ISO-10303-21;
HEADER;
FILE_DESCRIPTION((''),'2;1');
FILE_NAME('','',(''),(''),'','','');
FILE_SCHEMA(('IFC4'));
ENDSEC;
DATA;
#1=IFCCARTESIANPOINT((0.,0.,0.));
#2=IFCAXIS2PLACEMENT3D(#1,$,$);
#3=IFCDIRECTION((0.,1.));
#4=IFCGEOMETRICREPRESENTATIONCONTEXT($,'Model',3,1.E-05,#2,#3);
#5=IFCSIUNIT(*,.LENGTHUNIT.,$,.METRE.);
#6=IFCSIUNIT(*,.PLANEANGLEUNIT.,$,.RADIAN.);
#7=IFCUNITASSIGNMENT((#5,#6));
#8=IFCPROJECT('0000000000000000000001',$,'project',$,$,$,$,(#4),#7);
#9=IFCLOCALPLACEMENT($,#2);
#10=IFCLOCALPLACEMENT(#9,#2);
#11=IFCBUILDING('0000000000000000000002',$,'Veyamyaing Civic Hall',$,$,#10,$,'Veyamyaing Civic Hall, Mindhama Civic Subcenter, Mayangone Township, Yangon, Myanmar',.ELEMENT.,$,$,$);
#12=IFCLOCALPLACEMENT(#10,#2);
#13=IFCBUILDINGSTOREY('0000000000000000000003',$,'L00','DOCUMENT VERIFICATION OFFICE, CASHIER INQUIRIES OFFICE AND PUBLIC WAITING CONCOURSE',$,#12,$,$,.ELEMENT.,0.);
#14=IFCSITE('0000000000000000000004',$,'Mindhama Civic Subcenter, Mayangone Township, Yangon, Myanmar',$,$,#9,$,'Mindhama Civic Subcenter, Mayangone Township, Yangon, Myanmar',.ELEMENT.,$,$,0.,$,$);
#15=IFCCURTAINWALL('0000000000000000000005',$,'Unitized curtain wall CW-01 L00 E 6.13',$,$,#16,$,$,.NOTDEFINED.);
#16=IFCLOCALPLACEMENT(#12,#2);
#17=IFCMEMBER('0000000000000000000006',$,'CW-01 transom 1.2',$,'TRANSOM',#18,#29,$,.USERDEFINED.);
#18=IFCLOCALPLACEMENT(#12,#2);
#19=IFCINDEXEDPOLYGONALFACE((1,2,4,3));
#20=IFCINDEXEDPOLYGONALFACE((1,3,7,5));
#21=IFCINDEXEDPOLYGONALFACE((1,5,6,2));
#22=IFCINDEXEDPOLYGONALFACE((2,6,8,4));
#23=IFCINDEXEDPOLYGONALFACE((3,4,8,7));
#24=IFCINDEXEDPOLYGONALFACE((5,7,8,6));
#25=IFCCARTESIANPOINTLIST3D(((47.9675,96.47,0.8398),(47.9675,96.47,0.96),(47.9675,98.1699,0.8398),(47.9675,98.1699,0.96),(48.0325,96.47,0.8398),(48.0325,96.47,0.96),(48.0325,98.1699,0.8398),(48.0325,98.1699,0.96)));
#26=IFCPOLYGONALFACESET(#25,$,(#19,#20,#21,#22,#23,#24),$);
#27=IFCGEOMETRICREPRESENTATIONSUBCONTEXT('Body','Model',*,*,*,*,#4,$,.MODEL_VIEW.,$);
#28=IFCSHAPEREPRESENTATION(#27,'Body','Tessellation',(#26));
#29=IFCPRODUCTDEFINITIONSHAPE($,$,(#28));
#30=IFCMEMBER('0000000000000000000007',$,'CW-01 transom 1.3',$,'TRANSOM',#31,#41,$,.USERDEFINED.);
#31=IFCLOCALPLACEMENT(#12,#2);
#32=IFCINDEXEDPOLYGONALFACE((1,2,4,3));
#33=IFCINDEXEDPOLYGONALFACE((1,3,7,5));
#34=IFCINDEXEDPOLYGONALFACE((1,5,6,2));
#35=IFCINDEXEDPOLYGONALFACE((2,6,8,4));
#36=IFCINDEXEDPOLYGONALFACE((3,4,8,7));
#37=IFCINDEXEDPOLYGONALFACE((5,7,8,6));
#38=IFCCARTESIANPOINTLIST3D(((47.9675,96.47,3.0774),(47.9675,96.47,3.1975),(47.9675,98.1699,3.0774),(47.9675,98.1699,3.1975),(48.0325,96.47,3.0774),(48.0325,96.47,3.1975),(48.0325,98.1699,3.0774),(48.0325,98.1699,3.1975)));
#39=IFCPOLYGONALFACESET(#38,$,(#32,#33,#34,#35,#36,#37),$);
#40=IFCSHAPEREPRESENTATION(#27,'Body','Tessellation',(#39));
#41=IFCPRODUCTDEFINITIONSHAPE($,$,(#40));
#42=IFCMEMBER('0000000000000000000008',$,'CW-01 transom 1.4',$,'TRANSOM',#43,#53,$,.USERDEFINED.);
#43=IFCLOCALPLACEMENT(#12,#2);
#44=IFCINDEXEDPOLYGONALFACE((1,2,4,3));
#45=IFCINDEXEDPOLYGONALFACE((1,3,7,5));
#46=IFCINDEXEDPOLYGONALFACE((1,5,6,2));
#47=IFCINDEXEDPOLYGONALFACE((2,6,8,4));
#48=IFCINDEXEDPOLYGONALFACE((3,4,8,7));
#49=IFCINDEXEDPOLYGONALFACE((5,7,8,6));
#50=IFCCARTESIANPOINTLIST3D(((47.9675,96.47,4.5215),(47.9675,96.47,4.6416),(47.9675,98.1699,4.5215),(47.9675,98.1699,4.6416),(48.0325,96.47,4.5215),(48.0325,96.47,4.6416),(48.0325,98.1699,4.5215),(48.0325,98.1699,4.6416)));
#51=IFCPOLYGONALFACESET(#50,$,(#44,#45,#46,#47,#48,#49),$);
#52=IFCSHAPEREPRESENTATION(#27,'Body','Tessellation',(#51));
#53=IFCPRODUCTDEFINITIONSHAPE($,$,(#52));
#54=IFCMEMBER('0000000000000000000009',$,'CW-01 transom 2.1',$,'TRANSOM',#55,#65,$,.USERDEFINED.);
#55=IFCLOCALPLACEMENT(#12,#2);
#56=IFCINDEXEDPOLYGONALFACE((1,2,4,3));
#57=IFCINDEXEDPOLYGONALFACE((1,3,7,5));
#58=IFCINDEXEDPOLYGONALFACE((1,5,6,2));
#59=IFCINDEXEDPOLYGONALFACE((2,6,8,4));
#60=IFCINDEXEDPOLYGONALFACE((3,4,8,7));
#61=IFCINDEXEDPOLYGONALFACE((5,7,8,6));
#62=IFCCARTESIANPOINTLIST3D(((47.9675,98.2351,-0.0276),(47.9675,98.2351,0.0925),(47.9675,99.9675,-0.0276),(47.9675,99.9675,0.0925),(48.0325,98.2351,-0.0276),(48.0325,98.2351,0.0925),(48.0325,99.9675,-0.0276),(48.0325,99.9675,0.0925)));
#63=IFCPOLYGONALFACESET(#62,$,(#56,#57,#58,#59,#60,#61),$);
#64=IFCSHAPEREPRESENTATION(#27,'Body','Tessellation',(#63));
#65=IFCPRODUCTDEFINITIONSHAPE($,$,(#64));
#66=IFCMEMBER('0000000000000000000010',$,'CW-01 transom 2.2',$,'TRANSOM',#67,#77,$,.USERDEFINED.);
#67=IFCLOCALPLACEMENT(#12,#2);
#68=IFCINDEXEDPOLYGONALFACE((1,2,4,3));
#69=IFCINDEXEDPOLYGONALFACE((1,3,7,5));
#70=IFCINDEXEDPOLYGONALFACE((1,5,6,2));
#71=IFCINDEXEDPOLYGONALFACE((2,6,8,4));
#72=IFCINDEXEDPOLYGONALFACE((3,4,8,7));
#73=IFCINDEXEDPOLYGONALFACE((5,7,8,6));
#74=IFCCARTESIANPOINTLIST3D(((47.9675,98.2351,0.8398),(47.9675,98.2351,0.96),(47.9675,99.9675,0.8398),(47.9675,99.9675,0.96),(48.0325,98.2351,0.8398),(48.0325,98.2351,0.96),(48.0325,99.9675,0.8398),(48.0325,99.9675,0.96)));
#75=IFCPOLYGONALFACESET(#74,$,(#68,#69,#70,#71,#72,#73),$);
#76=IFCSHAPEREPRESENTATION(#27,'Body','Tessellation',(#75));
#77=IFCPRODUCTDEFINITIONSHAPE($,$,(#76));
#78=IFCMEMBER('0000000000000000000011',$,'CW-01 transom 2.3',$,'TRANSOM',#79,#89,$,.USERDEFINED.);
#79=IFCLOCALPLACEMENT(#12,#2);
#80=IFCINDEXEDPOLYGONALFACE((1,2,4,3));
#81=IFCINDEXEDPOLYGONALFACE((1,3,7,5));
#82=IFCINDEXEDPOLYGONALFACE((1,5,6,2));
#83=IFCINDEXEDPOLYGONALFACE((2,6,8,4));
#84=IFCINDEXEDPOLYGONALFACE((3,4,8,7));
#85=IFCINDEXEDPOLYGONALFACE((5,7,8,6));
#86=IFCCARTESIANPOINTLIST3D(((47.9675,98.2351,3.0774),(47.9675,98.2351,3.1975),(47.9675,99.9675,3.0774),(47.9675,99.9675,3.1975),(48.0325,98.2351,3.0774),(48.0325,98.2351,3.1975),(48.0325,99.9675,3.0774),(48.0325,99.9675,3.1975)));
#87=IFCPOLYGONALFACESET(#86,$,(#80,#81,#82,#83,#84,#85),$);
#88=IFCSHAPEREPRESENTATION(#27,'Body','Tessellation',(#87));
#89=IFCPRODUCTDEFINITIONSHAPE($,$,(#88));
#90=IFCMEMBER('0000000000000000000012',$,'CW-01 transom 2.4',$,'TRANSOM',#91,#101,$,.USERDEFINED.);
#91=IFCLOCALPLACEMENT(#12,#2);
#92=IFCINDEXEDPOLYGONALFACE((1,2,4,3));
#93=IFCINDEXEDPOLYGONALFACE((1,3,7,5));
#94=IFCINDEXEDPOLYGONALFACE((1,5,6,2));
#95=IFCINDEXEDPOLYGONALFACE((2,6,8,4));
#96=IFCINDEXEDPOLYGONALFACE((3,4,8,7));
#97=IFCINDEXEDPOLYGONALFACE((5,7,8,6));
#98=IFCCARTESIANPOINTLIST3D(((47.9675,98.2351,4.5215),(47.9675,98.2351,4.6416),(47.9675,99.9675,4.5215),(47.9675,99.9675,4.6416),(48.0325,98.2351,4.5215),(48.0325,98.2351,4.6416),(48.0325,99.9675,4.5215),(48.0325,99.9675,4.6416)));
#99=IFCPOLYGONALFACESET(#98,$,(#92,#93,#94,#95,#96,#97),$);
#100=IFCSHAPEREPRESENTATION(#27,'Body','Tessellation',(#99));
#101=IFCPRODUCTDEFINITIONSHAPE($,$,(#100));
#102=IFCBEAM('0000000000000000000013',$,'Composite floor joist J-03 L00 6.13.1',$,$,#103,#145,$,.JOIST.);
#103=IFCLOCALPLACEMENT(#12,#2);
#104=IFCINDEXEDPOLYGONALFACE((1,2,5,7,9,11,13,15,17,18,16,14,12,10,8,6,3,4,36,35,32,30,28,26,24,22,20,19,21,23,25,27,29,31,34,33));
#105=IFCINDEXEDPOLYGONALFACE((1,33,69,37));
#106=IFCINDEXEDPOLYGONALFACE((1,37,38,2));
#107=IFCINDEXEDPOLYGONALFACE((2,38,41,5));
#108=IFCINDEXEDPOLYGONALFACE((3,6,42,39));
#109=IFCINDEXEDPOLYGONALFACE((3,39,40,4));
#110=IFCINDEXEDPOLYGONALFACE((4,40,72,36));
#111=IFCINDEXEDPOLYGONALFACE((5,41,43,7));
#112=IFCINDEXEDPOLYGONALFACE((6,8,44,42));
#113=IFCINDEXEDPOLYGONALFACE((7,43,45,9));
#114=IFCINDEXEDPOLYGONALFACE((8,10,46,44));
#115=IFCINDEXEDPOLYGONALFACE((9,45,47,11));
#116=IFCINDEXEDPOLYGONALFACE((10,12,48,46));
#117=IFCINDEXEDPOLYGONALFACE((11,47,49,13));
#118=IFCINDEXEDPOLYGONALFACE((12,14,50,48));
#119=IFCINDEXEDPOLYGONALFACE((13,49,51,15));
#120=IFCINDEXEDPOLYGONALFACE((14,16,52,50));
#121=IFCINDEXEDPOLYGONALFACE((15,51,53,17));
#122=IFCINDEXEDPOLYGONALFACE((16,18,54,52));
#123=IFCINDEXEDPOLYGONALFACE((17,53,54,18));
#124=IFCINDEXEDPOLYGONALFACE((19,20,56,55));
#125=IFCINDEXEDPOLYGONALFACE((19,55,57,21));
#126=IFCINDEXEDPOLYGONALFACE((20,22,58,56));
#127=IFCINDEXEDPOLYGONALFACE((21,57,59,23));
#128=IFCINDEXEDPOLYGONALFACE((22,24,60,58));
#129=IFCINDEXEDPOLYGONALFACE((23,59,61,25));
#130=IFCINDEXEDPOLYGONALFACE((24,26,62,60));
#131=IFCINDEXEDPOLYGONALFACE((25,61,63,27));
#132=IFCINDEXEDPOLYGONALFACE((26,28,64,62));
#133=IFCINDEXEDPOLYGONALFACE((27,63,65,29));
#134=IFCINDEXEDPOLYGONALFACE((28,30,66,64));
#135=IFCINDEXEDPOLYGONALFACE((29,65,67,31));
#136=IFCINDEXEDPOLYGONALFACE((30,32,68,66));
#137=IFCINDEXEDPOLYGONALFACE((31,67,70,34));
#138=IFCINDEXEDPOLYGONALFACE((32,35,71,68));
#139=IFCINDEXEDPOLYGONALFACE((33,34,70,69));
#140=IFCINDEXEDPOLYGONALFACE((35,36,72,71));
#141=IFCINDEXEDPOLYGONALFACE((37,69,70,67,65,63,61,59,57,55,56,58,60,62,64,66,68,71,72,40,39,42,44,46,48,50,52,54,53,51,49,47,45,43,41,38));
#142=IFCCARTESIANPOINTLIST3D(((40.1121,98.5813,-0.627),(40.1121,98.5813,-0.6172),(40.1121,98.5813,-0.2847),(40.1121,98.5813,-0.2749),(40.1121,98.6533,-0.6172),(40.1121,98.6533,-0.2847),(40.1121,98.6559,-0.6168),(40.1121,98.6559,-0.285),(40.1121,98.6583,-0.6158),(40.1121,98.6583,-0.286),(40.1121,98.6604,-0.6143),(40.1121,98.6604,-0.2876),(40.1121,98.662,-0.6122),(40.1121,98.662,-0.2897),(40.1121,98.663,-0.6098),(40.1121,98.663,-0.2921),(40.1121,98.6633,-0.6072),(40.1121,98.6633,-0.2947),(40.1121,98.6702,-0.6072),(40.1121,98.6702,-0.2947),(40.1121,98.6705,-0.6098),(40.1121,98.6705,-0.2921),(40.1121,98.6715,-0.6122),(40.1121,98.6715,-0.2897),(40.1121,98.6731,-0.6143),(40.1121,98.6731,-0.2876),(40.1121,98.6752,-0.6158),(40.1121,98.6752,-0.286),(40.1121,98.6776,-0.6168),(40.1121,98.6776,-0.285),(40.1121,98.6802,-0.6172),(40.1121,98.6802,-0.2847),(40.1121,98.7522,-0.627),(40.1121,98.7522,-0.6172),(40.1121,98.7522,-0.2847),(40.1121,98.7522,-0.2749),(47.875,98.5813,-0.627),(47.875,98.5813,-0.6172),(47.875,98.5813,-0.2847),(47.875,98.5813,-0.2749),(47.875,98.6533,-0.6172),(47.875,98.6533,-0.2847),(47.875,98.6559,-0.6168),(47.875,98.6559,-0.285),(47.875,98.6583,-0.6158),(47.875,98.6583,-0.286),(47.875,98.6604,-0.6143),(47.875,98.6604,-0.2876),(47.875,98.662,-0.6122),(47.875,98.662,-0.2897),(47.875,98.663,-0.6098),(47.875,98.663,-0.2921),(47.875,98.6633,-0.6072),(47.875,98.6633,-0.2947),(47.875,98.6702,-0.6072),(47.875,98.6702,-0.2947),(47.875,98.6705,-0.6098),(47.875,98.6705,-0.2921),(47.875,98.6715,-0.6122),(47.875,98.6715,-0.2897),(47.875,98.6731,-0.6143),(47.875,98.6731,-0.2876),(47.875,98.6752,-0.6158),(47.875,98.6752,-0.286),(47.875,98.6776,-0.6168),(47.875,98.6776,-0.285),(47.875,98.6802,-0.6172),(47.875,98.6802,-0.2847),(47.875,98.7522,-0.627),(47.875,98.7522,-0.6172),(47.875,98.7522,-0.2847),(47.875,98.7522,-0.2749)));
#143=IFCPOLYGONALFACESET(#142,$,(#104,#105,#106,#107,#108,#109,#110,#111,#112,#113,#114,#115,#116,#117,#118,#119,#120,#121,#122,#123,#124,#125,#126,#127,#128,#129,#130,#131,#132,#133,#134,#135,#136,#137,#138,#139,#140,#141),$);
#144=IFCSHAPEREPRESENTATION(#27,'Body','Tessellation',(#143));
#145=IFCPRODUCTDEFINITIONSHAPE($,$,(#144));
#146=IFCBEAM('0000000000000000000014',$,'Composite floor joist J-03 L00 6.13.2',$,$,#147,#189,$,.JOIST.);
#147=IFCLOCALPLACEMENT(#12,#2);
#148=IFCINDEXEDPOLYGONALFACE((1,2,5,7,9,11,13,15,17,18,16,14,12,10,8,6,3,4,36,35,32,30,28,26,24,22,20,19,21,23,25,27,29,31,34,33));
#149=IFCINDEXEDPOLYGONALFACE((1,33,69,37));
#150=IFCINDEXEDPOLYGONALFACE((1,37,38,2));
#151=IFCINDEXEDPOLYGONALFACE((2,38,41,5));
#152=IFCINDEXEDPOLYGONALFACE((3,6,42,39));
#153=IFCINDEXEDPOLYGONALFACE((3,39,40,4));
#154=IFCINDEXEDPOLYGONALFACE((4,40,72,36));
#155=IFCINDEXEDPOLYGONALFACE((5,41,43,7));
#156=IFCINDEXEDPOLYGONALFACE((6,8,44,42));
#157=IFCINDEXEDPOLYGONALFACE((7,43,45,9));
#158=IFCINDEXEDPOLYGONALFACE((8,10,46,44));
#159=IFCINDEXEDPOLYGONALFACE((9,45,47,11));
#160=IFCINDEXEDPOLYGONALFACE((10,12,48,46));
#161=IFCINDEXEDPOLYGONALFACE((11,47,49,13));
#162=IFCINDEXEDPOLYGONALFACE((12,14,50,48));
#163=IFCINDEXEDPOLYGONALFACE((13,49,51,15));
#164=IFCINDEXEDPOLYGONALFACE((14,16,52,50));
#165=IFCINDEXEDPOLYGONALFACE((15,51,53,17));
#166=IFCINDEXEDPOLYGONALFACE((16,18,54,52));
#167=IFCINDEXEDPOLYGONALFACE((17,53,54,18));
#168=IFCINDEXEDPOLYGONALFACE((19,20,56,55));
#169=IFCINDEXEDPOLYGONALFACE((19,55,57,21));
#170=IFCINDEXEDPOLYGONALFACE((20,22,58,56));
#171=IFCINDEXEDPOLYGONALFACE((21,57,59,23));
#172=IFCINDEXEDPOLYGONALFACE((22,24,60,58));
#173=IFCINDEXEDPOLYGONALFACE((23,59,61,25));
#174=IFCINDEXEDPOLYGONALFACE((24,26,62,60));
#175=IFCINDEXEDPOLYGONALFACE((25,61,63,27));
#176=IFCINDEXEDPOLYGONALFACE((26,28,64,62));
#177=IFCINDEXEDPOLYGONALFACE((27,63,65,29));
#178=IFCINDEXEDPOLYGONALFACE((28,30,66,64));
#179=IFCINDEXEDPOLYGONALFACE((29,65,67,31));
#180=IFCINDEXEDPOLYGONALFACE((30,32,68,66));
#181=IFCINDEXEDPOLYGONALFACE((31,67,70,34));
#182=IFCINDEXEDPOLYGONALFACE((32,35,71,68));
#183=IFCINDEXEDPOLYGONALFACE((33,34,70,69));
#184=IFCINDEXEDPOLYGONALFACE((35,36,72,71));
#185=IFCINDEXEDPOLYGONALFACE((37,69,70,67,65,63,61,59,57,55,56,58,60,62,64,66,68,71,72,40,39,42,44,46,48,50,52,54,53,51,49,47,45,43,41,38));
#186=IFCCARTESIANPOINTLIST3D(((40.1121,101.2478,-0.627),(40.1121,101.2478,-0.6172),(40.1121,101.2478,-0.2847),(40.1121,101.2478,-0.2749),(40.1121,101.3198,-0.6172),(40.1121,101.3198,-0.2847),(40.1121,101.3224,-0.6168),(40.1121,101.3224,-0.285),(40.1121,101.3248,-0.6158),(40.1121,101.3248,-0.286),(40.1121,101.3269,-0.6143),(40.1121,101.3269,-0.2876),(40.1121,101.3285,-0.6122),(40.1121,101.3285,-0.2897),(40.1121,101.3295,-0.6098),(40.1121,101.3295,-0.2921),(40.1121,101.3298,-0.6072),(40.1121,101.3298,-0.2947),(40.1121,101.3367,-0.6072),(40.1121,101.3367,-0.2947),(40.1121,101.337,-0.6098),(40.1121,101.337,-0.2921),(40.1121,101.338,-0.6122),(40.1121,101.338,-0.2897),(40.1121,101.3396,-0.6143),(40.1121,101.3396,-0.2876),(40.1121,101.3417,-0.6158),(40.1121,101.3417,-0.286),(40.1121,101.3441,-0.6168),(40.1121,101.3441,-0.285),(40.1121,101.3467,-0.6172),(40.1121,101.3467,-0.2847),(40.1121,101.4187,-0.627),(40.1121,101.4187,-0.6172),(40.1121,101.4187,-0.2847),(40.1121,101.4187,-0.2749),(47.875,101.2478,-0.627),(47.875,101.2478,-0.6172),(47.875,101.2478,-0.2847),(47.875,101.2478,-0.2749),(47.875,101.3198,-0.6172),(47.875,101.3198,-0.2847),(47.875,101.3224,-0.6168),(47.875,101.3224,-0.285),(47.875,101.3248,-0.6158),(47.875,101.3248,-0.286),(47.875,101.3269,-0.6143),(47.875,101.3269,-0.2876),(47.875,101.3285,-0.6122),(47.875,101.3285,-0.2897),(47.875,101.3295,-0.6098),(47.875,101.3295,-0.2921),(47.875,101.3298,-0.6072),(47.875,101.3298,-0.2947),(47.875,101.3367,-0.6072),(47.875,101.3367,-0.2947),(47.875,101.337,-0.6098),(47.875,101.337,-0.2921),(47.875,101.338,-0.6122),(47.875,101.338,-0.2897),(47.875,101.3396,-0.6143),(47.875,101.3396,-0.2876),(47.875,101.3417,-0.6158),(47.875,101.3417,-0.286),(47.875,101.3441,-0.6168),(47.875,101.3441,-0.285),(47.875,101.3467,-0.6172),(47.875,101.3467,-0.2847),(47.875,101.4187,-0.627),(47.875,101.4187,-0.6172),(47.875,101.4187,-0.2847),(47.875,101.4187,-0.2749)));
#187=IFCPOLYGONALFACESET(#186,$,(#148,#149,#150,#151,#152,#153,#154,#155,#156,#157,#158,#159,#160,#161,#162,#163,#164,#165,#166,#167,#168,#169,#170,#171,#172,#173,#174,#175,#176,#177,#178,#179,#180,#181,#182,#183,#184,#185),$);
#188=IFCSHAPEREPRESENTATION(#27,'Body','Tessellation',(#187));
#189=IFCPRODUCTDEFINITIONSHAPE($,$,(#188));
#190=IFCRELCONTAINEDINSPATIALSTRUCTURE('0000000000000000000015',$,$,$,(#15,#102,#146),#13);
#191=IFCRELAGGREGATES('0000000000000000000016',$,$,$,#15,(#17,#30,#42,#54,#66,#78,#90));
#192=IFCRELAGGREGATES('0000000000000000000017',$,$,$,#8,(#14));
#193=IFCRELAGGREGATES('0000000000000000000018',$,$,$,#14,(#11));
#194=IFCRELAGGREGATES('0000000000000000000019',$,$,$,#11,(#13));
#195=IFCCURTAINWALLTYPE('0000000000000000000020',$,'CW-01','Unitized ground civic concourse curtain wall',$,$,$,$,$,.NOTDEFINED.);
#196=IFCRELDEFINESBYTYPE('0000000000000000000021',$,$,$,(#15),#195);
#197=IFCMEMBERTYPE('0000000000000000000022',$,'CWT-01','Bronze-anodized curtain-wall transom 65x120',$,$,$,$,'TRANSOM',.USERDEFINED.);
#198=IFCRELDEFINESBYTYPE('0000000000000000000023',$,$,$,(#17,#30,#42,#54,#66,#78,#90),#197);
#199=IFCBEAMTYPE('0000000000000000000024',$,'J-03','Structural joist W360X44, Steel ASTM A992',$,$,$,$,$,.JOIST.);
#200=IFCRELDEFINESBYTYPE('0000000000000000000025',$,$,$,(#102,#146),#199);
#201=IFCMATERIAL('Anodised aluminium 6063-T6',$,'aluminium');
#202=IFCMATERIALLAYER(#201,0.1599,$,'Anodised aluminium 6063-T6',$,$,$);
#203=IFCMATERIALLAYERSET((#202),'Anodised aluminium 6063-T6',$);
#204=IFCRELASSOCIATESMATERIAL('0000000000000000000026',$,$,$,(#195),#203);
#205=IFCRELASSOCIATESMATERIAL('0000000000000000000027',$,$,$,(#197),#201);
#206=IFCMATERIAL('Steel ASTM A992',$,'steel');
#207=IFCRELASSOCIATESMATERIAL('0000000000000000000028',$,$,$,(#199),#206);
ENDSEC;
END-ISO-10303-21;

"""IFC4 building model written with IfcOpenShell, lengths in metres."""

from ifc_helpers import new_model, si_unit, direction, frame, origin, origin_2d, place, context, subcontext, project, spatial, rectangle, i_section, extrude, material, layer, layer_set, material_profile, profile_set, type_object, element, aggregate, save


model = new_model("IFC4")

# Units and contexts
model_context = context("Model", 3, precision=1e-05, world=origin(), true_north=direction((0.0, 1.0)))
body_context = subcontext(model_context, "Body", "Model", "MODEL_VIEW")
ifc_project = project(units=[si_unit("LENGTHUNIT", "METRE"), si_unit("PLANEANGLEUNIT", "RADIAN")], contexts=[model_context])

# Site, building, storey
site_placement = place(None, origin())
site = spatial("IfcSite", under=ifc_project, at=site_placement, Name="Mindhama Civic Subcenter, Mayangone Township, Yangon, Myanmar", LongName="Mindhama Civic Subcenter, Mayangone Township, Yangon, Myanmar", CompositionType="ELEMENT", RefElevation=0.0)
building_placement = place(site_placement, origin())
building = spatial("IfcBuilding", under=site, at=building_placement, Name="Veyamyaing Civic Hall", LongName="Veyamyaing Civic Hall, Mindhama Civic Subcenter, Mayangone Township, Yangon, Myanmar", CompositionType="ELEMENT")
storey_placement = place(building_placement, origin())
storey = spatial("IfcBuildingStorey", under=building, at=storey_placement, Name="L00", Description="DOCUMENT VERIFICATION OFFICE, CASHIER INQUIRIES OFFICE AND PUBLIC WAITING CONCOURSE", CompositionType="ELEMENT", Elevation=0.0)

# Shared definitions
ifc_material_1 = material(Name="Steel ASTM A992", Category="steel")

# Curtain wall, members
ifc_material_2 = material(Name="Anodised aluminium 6063-T6", Category="aluminium")
ifc_layer_1 = layer(ifc_material_2, 0.1599, Name="Anodised aluminium 6063-T6")
ifc_layer_set_1 = layer_set([ifc_layer_1], Name="Anodised aluminium 6063-T6")
curtain_wall_type = type_object("IfcCurtainWallType", Name="CW-01", Description="Unitized ground civic concourse curtain wall", PredefinedType="NOTDEFINED", material=ifc_layer_set_1)
curtain_wall_placement = place(storey_placement, origin())
curtain_wall = element("IfcCurtainWall", 1, at=curtain_wall_placement, inside=storey, type_object=curtain_wall_type, Name="Unitized curtain wall CW-01 L00 E 6.13", PredefinedType="NOTDEFINED")
ifc_material_profile_1 = material_profile(ifc_material_2, rectangle(XDim=0.0649, YDim=0.1201, at=origin_2d()), Name="ALU-TRN-65X120")
ifc_profile_set_1 = profile_set([ifc_material_profile_1], Name="Anodised aluminium 6063-T6")
member_type_1 = type_object("IfcMemberType", Name="CWT-01", Description="Bronze-anodized curtain-wall transom 65x120", ElementType="TRANSOM", PredefinedType="USERDEFINED", material=ifc_profile_set_1)
member_1_placement = place(storey_placement, frame((48.0, 96.47, 0.8999), z_axis=(0.0, 1.0, 0.0), x_axis=(-1.0, 0.0, 0.0)))
member_1 = element("IfcMember", 2, at=member_1_placement, type_object=member_type_1, Name="CW-01 transom 1.2", ObjectType="TRANSOM", PredefinedType="USERDEFINED", context=body_context, shape_type="SweptSolid", body=[
    extrude(rectangle(XDim=0.0649, YDim=0.1201, at=origin_2d()), origin(), (0.0, 0.0, 1.0), 1.7),
])
member_2_placement = place(storey_placement, frame((48.0, 96.47, 3.1375), z_axis=(0.0, 1.0, 0.0), x_axis=(-1.0, 0.0, 0.0)))
member_2 = element("IfcMember", 3, at=member_2_placement, type_object=member_type_1, Name="CW-01 transom 1.3", ObjectType="TRANSOM", PredefinedType="USERDEFINED", context=body_context, shape_type="SweptSolid", body=[
    extrude(rectangle(XDim=0.0649, YDim=0.1201, at=origin_2d()), origin(), (0.0, 0.0, 1.0), 1.7),
])
member_3_placement = place(storey_placement, frame((48.0, 96.47, 4.5815), z_axis=(0.0, 1.0, 0.0), x_axis=(-1.0, 0.0, 0.0)))
member_3 = element("IfcMember", 4, at=member_3_placement, type_object=member_type_1, Name="CW-01 transom 1.4", ObjectType="TRANSOM", PredefinedType="USERDEFINED", context=body_context, shape_type="SweptSolid", body=[
    extrude(rectangle(XDim=0.0649, YDim=0.1201, at=origin_2d()), origin(), (0.0, 0.0, 1.0), 1.7),
])
member_4_placement = place(storey_placement, frame((48.0, 98.2351, 0.0325), z_axis=(0.0, 1.0, 0.0), x_axis=(-1.0, 0.0, 0.0)))
member_4 = element("IfcMember", 5, at=member_4_placement, type_object=member_type_1, Name="CW-01 transom 2.1", ObjectType="TRANSOM", PredefinedType="USERDEFINED", context=body_context, shape_type="SweptSolid", body=[
    extrude(rectangle(XDim=0.0649, YDim=0.1201, at=origin_2d()), origin(), (0.0, 0.0, 1.0), 1.7324),
])
member_5_placement = place(storey_placement, frame((48.0, 98.2351, 0.8999), z_axis=(0.0, 1.0, 0.0), x_axis=(-1.0, 0.0, 0.0)))
member_5 = element("IfcMember", 6, at=member_5_placement, type_object=member_type_1, Name="CW-01 transom 2.2", ObjectType="TRANSOM", PredefinedType="USERDEFINED", context=body_context, shape_type="SweptSolid", body=[
    extrude(rectangle(XDim=0.0649, YDim=0.1201, at=origin_2d()), origin(), (0.0, 0.0, 1.0), 1.7324),
])
member_6_placement = place(storey_placement, frame((48.0, 98.2351, 3.1375), z_axis=(0.0, 1.0, 0.0), x_axis=(-1.0, 0.0, 0.0)))
member_6 = element("IfcMember", 7, at=member_6_placement, type_object=member_type_1, Name="CW-01 transom 2.3", ObjectType="TRANSOM", PredefinedType="USERDEFINED", context=body_context, shape_type="SweptSolid", body=[
    extrude(rectangle(XDim=0.0649, YDim=0.1201, at=origin_2d()), origin(), (0.0, 0.0, 1.0), 1.7324),
])
member_7_placement = place(storey_placement, frame((48.0, 98.2351, 4.5815), z_axis=(0.0, 1.0, 0.0), x_axis=(-1.0, 0.0, 0.0)))
member_7 = element("IfcMember", 8, at=member_7_placement, type_object=member_type_1, Name="CW-01 transom 2.4", ObjectType="TRANSOM", PredefinedType="USERDEFINED", context=body_context, shape_type="SweptSolid", body=[
    extrude(rectangle(XDim=0.0649, YDim=0.1201, at=origin_2d()), origin(), (0.0, 0.0, 1.0), 1.7324),
])

# Beams
ifc_material_profile_2 = material_profile(ifc_material_1, i_section(OverallWidth=0.1709, OverallDepth=0.3521, WebThickness=0.0068, FlangeThickness=0.0098, FilletRadius=0.01, at=origin_2d()), Name="W360X44")
ifc_profile_set_2 = profile_set([ifc_material_profile_2], Name="Steel ASTM A992")
beam_type_1 = type_object("IfcBeamType", Name="J-03", Description="Structural joist W360X44, Steel ASTM A992", PredefinedType="JOIST", material=ifc_profile_set_2)
for number, where, z_axis, x_axis, name in (
    (9, (40.1121, 98.6667, -0.4509), (1.0, 0.0, 0.0), (0.0, 1.0, 0.0), "Composite floor joist J-03 L00 6.13.1"),
    (10, (40.1121, 101.3333, -0.4509), (1.0, 0.0, 0.0), (0.0, 1.0, 0.0), "Composite floor joist J-03 L00 6.13.2"),
):
    element("IfcBeam", number, at=place(storey_placement, frame(where, z_axis=z_axis, x_axis=x_axis)), inside=storey, type_object=beam_type_1, Name=name, PredefinedType="JOIST", context=body_context, shape_type="SweptSolid", body=[
        extrude(i_section(OverallWidth=0.1709, OverallDepth=0.3521, WebThickness=0.0068, FlangeThickness=0.0098, FilletRadius=0.01, at=origin_2d()), origin(), (0.0, 0.0, 1.0), 7.7629),
    ])

aggregate(curtain_wall, [member_1, member_2, member_3, member_4, member_5, member_6, member_7])

save(model, "model.ifc")
